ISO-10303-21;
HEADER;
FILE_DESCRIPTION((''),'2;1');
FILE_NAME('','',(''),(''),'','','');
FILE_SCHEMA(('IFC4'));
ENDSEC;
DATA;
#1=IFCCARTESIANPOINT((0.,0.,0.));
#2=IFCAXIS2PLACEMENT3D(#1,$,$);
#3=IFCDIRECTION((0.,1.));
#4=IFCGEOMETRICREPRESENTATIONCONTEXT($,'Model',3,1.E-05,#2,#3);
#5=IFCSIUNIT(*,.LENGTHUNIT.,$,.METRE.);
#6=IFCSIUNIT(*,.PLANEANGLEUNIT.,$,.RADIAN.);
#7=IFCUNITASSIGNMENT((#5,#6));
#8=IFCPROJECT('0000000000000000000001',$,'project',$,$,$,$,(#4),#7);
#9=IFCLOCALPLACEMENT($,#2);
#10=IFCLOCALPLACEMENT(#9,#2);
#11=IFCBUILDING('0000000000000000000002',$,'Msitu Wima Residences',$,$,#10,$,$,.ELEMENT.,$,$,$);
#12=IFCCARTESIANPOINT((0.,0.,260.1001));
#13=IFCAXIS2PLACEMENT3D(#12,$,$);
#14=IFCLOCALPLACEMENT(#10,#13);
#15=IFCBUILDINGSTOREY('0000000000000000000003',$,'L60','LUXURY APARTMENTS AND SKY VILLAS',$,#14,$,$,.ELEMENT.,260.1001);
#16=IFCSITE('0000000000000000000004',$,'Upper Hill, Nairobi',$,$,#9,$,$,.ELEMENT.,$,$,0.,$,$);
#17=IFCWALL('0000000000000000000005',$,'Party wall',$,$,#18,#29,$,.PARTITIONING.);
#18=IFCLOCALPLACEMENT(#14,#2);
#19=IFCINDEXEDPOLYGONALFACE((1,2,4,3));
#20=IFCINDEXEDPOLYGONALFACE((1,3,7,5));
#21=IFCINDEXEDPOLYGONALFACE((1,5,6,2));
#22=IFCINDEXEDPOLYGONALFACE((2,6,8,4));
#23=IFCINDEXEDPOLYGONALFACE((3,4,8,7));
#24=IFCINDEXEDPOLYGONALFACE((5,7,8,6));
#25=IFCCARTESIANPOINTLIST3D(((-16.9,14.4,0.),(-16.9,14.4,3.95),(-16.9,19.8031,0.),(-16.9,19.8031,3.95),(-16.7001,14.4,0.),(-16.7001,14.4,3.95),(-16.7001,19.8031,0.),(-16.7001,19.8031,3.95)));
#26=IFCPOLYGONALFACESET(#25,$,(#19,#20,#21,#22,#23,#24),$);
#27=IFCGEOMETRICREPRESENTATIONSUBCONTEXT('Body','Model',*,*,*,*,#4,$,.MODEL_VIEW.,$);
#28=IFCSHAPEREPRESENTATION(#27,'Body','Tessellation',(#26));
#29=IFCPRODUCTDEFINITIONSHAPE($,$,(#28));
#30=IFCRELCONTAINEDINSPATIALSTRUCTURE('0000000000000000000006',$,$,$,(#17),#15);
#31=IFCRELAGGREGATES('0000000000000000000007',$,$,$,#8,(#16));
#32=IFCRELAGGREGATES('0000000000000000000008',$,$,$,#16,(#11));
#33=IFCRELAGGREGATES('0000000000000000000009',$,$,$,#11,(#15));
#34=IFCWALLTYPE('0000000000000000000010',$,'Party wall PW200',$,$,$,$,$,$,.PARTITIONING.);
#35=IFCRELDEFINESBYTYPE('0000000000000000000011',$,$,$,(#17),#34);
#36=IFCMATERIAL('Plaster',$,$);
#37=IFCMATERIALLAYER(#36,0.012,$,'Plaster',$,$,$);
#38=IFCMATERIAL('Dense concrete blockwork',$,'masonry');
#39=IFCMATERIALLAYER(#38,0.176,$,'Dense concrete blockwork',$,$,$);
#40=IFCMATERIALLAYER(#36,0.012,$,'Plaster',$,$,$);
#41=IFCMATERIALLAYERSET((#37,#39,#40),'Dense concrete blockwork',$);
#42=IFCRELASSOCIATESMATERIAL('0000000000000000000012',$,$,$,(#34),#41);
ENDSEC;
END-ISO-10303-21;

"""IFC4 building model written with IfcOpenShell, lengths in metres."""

from ifc_helpers import new_model, si_unit, direction, frame, frame_2d, origin, place, context, subcontext, project, spatial, rectangle, extrude, material, layer, layer_set, type_object, element, save


model = new_model("IFC4")

# Units and contexts
model_context = context("Model", 3, precision=1e-05, world=origin(), true_north=direction((0.0, 1.0)))
body_context = subcontext(model_context, "Body", "Model", "MODEL_VIEW")
ifc_project = project(units=[si_unit("LENGTHUNIT", "METRE"), si_unit("PLANEANGLEUNIT", "RADIAN")], contexts=[model_context])

# Site, building, storey
site_placement = place(None, origin())
site = spatial("IfcSite", under=ifc_project, at=site_placement, Name="Upper Hill, Nairobi", CompositionType="ELEMENT", RefElevation=0.0)
building_placement = place(site_placement, origin())
building = spatial("IfcBuilding", under=site, at=building_placement, Name="Msitu Wima Residences", CompositionType="ELEMENT")
storey_placement = place(building_placement, frame((0.0, 0.0, 260.1001)))
storey = spatial("IfcBuildingStorey", under=building, at=storey_placement, Name="L60", Description="LUXURY APARTMENTS AND SKY VILLAS", CompositionType="ELEMENT", Elevation=260.1001)

# Shared definitions
ifc_material_1 = material(Name="Plaster")

# Wall
ifc_layer_1 = layer(ifc_material_1, 0.012, Name="Plaster")
ifc_material_2 = material(Name="Dense concrete blockwork", Category="masonry")
ifc_layer_2 = layer(ifc_material_2, 0.176, Name="Dense concrete blockwork")
ifc_layer_3 = layer(ifc_material_1, 0.012, Name="Plaster")
ifc_layer_set_1 = layer_set([ifc_layer_1, ifc_layer_2, ifc_layer_3], Name="Dense concrete blockwork")
wall_type_1 = type_object("IfcWallType", Name="Party wall PW200", PredefinedType="PARTITIONING", material=ifc_layer_set_1)
wall_1_placement = place(storey_placement, frame((-16.8, 14.3999, 0.0), z_axis=(0.0, 0.0, 1.0), x_axis=(0.0, 1.0, 0.0)))
element("IfcWall", 1, at=wall_1_placement, inside=storey, type_object=wall_type_1, Name="Party wall", PredefinedType="PARTITIONING", context=body_context, shape_type="SweptSolid", body=[
    extrude(rectangle(XDim=5.4031, YDim=0.2, at=frame_2d((2.7017, 0.0))), origin(), (0.0, 0.0, 1.0), 3.95),
])

save(model, "model.ifc")
